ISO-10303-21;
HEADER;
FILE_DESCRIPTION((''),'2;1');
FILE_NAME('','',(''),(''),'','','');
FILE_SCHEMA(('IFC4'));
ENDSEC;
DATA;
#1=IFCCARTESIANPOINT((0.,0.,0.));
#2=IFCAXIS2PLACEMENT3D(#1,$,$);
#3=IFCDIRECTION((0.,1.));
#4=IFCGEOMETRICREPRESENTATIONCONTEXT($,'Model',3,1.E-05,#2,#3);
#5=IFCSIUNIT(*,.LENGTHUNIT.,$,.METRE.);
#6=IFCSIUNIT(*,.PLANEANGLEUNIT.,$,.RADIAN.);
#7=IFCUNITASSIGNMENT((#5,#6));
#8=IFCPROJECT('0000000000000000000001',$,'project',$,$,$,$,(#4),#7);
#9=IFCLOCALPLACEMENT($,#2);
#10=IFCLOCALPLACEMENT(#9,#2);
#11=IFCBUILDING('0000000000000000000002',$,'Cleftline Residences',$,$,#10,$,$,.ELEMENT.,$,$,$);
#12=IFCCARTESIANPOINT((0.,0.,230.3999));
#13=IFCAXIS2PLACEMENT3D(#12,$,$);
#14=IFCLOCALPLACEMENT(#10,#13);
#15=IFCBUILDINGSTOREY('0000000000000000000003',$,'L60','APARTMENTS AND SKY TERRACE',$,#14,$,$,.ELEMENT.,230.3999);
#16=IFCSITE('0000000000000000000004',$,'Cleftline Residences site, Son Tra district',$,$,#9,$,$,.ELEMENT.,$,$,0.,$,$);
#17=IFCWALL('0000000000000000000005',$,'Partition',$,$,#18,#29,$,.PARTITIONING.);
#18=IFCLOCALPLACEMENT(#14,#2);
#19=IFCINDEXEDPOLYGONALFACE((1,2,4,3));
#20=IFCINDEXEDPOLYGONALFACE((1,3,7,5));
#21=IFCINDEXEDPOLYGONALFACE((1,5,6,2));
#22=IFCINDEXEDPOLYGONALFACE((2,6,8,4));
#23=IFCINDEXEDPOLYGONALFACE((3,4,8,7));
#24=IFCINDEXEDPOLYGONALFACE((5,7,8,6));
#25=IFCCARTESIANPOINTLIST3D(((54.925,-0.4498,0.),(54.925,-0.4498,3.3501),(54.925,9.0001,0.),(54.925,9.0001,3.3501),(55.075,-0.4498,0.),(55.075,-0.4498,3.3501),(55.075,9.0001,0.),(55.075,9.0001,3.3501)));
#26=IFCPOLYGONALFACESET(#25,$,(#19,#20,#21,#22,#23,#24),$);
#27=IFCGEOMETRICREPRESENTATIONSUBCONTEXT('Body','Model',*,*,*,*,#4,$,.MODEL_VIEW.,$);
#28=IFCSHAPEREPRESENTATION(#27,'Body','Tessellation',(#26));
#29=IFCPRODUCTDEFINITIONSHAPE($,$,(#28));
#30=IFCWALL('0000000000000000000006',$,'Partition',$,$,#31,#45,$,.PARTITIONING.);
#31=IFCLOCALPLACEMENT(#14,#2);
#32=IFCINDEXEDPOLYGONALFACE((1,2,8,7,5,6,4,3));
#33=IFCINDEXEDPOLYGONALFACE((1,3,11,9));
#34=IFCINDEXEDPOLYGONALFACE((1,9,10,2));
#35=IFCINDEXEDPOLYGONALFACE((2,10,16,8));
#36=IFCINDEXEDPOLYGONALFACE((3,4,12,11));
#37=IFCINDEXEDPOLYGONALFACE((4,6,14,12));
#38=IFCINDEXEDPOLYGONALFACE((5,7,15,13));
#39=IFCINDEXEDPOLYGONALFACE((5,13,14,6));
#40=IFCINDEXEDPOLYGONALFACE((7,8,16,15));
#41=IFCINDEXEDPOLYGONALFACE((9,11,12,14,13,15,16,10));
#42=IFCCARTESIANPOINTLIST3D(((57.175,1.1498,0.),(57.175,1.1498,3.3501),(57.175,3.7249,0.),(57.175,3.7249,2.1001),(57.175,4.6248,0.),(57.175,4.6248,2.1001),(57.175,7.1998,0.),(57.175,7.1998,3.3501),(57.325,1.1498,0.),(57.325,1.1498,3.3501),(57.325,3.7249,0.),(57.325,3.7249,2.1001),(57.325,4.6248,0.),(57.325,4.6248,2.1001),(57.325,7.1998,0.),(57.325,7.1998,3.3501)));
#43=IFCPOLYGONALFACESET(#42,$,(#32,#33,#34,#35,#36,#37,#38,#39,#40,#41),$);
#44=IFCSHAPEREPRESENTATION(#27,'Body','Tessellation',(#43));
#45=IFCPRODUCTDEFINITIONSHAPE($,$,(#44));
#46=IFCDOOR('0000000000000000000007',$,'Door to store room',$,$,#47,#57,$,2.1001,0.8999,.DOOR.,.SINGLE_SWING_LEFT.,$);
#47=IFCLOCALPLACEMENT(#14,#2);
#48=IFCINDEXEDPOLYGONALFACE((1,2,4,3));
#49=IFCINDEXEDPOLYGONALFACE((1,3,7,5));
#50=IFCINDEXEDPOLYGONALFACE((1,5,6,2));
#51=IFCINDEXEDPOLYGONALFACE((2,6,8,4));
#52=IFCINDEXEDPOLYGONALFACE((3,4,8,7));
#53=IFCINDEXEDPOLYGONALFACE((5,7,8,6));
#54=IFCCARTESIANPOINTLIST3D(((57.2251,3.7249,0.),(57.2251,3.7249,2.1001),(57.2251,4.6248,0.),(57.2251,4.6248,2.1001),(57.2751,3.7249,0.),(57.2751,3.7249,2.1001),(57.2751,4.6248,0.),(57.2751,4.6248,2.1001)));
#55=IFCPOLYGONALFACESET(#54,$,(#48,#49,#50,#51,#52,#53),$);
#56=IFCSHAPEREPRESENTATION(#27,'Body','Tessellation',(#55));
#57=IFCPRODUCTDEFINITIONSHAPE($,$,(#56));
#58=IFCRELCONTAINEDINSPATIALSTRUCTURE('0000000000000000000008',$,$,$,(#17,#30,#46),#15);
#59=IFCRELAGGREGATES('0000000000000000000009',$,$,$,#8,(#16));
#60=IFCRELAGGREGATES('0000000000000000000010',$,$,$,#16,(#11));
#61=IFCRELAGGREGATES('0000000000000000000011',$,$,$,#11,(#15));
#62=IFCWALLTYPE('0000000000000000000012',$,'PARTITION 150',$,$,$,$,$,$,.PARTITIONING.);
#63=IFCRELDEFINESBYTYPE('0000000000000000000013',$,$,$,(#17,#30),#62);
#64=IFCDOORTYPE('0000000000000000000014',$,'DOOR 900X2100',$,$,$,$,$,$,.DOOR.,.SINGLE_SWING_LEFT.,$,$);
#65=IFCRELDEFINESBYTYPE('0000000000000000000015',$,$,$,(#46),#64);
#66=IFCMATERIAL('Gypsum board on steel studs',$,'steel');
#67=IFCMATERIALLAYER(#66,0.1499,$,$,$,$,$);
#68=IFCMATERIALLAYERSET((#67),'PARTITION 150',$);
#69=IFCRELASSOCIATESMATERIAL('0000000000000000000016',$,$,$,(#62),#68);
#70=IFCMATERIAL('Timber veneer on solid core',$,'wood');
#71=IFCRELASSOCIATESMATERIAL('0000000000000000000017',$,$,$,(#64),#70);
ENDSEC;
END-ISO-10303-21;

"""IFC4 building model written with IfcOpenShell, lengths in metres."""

from ifc_helpers import new_model, si_unit, direction, frame, frame_2d, origin, place, context, subcontext, project, spatial, rectangle, extrude, material, layer, layer_set, type_object, element, fill, save


model = new_model("IFC4")

# Units and contexts
model_context = context("Model", 3, precision=1e-05, world=origin(), true_north=direction((0.0, 1.0)))
body_context = subcontext(model_context, "Body", "Model", "MODEL_VIEW")
ifc_project = project(units=[si_unit("LENGTHUNIT", "METRE"), si_unit("PLANEANGLEUNIT", "RADIAN")], contexts=[model_context])

# Site, building, storey
site_placement = place(None, origin())
site = spatial("IfcSite", under=ifc_project, at=site_placement, Name="Cleftline Residences site, Son Tra district", CompositionType="ELEMENT", RefElevation=0.0)
building_placement = place(site_placement, origin())
building = spatial("IfcBuilding", under=site, at=building_placement, Name="Cleftline Residences", CompositionType="ELEMENT")
storey_placement = place(building_placement, frame((0.0, 0.0, 230.3999)))
storey = spatial("IfcBuildingStorey", under=building, at=storey_placement, Name="L60", Description="APARTMENTS AND SKY TERRACE", CompositionType="ELEMENT", Elevation=230.3999)

# Wall
ifc_material_1 = material(Name="Gypsum board on steel studs", Category="steel")
ifc_layer_1 = layer(ifc_material_1, 0.1499)
ifc_layer_set_1 = layer_set([ifc_layer_1], Name="PARTITION 150")
wall_type_1 = type_object("IfcWallType", Name="PARTITION 150", PredefinedType="PARTITIONING", material=ifc_layer_set_1)
wall_1_placement = place(storey_placement, frame((55.0, -0.45, 0.0), z_axis=(0.0, 0.0, 1.0), x_axis=(0.0, 1.0, 0.0)))
element("IfcWall", 1, at=wall_1_placement, inside=storey, type_object=wall_type_1, Name="Partition", PredefinedType="PARTITIONING", context=body_context, shape_type="SweptSolid", body=[
    extrude(rectangle(XDim=9.45, YDim=0.1499, at=frame_2d((4.7251, 0.0))), origin(), (0.0, 0.0, 1.0), 3.3501),
])

# Wall, opening, door
wall_2_placement = place(storey_placement, frame((57.25, 1.1499, 0.0), z_axis=(0.0, 0.0, 1.0), x_axis=(0.0, 1.0, 0.0)))
wall_2 = element("IfcWall", 2, at=wall_2_placement, inside=storey, type_object=wall_type_1, Name="Partition", PredefinedType="PARTITIONING", context=body_context, shape_type="SweptSolid", body=[
    extrude(rectangle(XDim=6.05, YDim=0.1499, at=frame_2d((3.0249, 0.0))), origin(), (0.0, 0.0, 1.0), 3.3501),
])
opening_1_placement = place(wall_2_placement, frame((2.575, 0.0, 0.0)))
opening_1 = element("IfcOpeningElement", 3, at=opening_1_placement, cuts=wall_2, PredefinedType="OPENING", context=body_context, shape_type="SweptSolid", body=[
    extrude(rectangle(XDim=0.8999, YDim=2.1001, at=frame_2d((0.45, 1.05))), frame((0.0, 0.085, 0.0), z_axis=(0.0, -1.0, 0.0), x_axis=(1.0, 0.0, 0.0)), (0.0, 0.0, 1.0), 0.1699),
])
ifc_material_2 = material(Name="Timber veneer on solid core", Category="wood")
door_type = type_object("IfcDoorType", Name="DOOR 900X2100", OperationType="SINGLE_SWING_LEFT", PredefinedType="DOOR", material=ifc_material_2)
door_placement = place(opening_1_placement, origin())
door = element("IfcDoor", 4, at=door_placement, inside=storey, type_object=door_type, Name="Door to store room", OperationType="SINGLE_SWING_LEFT", OverallHeight=2.1001, OverallWidth=0.8999, PredefinedType="DOOR", context=body_context, shape_type="SweptSolid", body=[
    extrude(rectangle(XDim=0.8999, YDim=2.1001, at=frame_2d((0.45, 1.05))), frame((0.0, 0.0249, 0.0), z_axis=(0.0, -1.0, 0.0), x_axis=(1.0, 0.0, 0.0)), (0.0, 0.0, 1.0), 0.05),
])
fill(opening_1, door)

save(model, "model.ifc")
